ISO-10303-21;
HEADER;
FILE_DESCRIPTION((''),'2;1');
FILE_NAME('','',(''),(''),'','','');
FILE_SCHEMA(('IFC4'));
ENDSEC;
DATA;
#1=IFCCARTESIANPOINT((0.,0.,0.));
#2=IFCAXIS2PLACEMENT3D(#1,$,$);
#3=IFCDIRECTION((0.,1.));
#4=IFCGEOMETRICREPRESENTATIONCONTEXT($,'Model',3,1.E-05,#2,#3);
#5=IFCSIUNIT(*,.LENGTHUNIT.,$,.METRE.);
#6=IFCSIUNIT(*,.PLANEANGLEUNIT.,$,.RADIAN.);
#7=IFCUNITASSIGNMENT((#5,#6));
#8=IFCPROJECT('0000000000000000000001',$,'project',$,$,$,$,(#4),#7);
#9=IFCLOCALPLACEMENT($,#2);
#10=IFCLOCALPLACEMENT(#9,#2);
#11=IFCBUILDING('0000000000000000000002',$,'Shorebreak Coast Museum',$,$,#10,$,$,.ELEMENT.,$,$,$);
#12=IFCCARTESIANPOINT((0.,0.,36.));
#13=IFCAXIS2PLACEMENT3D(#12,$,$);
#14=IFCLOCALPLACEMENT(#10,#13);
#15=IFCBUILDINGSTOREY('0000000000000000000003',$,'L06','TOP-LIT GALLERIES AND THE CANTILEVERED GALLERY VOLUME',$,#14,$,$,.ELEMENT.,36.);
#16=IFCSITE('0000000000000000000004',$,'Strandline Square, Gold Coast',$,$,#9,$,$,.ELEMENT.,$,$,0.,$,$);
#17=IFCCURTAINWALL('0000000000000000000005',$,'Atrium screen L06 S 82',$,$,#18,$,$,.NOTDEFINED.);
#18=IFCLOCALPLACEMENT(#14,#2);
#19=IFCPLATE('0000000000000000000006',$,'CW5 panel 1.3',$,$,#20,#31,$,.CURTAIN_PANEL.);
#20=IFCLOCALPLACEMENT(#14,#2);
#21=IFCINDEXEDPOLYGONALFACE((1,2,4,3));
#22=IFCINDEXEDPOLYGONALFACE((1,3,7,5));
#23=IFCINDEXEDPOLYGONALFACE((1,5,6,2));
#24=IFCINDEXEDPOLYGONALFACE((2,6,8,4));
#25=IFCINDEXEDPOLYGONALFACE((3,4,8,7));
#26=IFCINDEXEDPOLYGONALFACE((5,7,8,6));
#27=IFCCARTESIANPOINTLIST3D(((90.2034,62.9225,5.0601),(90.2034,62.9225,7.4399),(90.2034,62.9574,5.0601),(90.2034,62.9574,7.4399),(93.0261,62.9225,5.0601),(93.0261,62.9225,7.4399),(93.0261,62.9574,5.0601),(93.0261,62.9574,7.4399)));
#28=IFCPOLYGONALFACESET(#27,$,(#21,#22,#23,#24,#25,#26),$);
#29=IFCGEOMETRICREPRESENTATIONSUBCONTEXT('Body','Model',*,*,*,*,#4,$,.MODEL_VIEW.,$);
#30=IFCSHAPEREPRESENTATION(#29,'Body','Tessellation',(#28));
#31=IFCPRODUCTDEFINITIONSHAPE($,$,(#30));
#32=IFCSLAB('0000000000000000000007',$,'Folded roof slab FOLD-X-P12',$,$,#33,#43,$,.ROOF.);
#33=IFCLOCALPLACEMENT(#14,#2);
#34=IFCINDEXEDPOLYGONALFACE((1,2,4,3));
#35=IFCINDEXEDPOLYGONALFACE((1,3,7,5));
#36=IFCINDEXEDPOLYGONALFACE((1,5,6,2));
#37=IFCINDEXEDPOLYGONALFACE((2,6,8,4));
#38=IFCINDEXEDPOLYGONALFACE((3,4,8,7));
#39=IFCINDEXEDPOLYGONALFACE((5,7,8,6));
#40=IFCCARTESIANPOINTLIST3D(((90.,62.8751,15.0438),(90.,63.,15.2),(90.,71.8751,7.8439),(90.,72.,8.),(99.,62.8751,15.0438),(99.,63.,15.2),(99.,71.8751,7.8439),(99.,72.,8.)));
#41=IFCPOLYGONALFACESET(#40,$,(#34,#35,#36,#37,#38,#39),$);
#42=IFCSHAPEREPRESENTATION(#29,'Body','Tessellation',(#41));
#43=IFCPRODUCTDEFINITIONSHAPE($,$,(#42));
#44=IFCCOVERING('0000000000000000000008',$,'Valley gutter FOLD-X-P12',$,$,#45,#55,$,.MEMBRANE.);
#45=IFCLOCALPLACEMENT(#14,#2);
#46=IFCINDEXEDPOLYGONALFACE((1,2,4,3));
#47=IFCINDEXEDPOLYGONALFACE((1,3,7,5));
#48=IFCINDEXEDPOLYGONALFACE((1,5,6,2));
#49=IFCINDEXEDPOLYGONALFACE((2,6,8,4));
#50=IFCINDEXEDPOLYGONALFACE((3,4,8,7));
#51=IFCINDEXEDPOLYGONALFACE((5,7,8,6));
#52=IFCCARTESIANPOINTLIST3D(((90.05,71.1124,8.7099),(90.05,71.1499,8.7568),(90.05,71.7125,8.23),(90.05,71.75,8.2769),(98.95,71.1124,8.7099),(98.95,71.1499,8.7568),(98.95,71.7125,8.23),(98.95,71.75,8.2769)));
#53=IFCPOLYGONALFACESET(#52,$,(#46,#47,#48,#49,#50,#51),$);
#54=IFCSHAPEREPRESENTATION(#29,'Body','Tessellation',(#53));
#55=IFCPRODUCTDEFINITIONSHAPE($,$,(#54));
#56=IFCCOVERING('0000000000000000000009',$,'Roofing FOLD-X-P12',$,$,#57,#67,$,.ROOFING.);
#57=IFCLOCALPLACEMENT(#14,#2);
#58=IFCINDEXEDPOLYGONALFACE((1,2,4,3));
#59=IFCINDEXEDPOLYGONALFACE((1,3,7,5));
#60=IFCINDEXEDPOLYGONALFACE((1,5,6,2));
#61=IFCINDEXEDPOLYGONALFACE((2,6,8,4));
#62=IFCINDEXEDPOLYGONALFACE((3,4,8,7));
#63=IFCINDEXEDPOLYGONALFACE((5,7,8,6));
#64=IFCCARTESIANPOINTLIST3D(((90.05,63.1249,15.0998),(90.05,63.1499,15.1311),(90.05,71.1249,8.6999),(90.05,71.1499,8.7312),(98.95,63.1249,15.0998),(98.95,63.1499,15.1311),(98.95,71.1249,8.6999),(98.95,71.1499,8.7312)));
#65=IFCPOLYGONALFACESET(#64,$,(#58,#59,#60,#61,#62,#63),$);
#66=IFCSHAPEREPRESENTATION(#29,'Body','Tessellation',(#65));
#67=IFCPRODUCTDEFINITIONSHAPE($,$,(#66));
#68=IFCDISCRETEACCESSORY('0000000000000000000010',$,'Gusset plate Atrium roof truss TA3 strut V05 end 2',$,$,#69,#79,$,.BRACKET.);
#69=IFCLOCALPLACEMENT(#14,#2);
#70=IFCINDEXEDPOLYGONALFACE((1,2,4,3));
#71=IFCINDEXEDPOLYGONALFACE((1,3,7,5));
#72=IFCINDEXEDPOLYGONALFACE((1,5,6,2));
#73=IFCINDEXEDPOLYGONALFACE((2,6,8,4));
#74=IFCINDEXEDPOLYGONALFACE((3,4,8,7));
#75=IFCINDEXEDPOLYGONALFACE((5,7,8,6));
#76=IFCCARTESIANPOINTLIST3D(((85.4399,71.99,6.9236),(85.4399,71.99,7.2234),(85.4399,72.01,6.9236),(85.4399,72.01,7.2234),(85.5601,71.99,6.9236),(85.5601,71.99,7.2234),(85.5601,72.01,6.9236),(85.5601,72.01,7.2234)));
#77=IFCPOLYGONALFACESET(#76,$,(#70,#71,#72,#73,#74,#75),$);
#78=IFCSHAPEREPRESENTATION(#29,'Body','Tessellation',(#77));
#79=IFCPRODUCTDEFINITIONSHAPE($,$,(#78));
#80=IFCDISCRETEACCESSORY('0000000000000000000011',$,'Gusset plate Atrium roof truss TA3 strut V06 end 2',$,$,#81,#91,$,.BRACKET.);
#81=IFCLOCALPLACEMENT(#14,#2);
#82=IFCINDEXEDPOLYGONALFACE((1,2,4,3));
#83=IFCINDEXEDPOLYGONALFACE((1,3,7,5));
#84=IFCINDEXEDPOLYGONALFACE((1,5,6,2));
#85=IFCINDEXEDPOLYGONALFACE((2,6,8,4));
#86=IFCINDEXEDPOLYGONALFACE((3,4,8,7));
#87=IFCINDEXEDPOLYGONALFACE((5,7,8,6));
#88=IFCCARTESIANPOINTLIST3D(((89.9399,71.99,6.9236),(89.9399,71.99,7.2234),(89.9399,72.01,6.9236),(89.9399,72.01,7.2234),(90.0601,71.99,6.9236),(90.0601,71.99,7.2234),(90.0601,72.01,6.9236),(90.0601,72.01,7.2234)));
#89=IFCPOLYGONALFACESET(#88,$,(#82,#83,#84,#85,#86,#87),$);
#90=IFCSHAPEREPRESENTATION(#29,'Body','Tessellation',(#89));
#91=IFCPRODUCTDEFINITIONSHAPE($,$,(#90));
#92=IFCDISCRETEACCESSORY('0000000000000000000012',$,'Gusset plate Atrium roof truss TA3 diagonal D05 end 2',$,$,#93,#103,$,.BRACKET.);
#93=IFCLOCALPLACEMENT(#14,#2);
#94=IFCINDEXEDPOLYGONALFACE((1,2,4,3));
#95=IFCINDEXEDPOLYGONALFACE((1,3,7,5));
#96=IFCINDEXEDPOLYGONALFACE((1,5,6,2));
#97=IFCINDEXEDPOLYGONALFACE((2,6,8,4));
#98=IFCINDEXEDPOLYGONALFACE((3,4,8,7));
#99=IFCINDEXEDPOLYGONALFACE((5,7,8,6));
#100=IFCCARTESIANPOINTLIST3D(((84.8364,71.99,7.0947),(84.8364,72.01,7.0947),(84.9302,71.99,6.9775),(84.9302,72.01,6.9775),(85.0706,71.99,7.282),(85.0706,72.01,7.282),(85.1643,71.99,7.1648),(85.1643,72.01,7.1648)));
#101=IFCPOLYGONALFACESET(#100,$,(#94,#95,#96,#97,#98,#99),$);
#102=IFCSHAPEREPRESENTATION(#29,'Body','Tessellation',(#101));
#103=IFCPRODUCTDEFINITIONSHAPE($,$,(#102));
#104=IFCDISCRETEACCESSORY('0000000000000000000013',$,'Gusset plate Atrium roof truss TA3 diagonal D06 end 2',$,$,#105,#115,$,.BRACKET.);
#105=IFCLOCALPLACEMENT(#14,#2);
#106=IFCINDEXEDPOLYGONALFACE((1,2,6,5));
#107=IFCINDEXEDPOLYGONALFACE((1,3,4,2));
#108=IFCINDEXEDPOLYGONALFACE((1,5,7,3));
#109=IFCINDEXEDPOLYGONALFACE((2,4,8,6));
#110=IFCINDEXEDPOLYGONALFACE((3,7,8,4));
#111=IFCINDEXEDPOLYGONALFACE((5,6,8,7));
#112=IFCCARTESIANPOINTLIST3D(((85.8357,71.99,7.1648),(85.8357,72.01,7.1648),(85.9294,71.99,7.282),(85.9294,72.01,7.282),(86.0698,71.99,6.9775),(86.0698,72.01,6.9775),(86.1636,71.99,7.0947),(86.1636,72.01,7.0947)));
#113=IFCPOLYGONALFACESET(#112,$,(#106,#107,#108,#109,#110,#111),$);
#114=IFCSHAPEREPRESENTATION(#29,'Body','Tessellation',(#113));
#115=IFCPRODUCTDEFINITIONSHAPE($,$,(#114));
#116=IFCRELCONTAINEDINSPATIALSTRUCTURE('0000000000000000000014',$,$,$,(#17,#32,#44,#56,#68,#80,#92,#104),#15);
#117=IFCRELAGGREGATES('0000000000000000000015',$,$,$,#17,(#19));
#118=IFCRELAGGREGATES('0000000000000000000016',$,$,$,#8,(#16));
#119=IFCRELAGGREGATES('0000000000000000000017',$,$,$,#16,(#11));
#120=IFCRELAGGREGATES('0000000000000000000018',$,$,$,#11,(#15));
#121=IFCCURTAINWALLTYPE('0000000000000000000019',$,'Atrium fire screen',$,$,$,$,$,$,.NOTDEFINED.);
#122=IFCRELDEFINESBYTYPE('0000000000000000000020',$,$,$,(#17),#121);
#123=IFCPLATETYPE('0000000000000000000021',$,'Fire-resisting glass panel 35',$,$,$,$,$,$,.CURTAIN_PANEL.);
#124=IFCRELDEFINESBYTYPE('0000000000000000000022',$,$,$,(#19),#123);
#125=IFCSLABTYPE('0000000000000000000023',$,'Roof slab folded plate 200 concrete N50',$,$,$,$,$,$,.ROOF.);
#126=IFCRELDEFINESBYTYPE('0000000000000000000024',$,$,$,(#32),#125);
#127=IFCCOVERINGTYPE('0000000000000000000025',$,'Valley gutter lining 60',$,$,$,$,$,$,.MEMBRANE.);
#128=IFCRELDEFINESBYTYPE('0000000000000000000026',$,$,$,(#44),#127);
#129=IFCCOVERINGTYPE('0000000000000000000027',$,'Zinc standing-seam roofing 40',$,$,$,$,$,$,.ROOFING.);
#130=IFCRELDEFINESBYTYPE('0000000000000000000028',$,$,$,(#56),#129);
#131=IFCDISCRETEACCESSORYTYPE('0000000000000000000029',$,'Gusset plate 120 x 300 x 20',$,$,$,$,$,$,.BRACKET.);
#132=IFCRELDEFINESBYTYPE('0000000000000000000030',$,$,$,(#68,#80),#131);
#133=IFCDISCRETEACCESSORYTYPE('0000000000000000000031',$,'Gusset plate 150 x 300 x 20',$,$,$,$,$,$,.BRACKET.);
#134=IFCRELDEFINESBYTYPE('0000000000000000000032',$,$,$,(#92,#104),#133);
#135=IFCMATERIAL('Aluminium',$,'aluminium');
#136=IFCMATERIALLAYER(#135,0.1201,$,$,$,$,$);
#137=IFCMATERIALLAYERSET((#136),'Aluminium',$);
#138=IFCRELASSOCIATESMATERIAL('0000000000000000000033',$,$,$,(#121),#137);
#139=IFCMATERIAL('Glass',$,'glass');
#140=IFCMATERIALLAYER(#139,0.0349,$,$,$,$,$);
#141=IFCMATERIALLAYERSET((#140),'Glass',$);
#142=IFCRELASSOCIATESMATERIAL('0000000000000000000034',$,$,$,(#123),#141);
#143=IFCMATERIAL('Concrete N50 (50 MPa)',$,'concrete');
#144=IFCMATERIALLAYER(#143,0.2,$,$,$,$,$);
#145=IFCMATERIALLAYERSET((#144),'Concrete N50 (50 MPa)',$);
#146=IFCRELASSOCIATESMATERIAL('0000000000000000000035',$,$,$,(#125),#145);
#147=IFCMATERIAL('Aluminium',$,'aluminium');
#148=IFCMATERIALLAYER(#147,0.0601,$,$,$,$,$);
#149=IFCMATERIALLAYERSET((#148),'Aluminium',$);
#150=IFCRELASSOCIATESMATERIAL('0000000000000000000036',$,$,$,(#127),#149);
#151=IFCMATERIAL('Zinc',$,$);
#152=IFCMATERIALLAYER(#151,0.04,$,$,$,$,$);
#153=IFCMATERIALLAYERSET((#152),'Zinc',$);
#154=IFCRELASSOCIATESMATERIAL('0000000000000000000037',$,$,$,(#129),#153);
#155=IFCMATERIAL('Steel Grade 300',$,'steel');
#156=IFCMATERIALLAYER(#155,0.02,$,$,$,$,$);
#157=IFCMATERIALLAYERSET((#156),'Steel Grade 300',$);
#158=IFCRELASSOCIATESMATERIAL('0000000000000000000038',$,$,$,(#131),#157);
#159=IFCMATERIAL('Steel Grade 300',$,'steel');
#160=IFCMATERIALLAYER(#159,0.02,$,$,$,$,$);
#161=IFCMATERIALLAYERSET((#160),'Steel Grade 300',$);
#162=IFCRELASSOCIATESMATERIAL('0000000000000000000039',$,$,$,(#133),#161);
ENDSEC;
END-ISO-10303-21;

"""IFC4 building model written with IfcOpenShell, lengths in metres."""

from ifc_helpers import new_model, si_unit, direction, frame, origin, origin_2d, place, context, subcontext, project, spatial, polyline, rectangle, outline, extrude, material, layer, layer_set, type_object, element, aggregate, save


model = new_model("IFC4")

# Units and contexts
model_context = context("Model", 3, precision=1e-05, world=origin(), true_north=direction((0.0, 1.0)))
body_context = subcontext(model_context, "Body", "Model", "MODEL_VIEW")
ifc_project = project(units=[si_unit("LENGTHUNIT", "METRE"), si_unit("PLANEANGLEUNIT", "RADIAN")], contexts=[model_context])

# Site, building, storey
site_placement = place(None, origin())
site = spatial("IfcSite", under=ifc_project, at=site_placement, Name="Strandline Square, Gold Coast", CompositionType="ELEMENT", RefElevation=0.0)
building_placement = place(site_placement, origin())
building = spatial("IfcBuilding", under=site, at=building_placement, Name="Shorebreak Coast Museum", CompositionType="ELEMENT")
storey_placement = place(building_placement, frame((0.0, 0.0, 36.0)))
storey = spatial("IfcBuildingStorey", under=building, at=storey_placement, Name="L06", Description="TOP-LIT GALLERIES AND THE CANTILEVERED GALLERY VOLUME", CompositionType="ELEMENT", Elevation=36.0)

# Curtain wall
ifc_material_1 = material(Name="Aluminium", Category="aluminium")
ifc_layer_1 = layer(ifc_material_1, 0.1201)
ifc_layer_set_1 = layer_set([ifc_layer_1], Name="Aluminium")
curtain_wall_type = type_object("IfcCurtainWallType", Name="Atrium fire screen", PredefinedType="NOTDEFINED", material=ifc_layer_set_1)
curtain_wall_1_placement = place(storey_placement, origin())
curtain_wall_1 = element("IfcCurtainWall", 1, at=curtain_wall_1_placement, inside=storey, type_object=curtain_wall_type, Name="Atrium screen L06 S 82", PredefinedType="NOTDEFINED")

# Plate
ifc_material_2 = material(Name="Glass", Category="glass")
ifc_layer_2 = layer(ifc_material_2, 0.0349)
ifc_layer_set_2 = layer_set([ifc_layer_2], Name="Glass")
plate_type = type_object("IfcPlateType", Name="Fire-resisting glass panel 35", PredefinedType="CURTAIN_PANEL", material=ifc_layer_set_2)
plate_1_placement = place(storey_placement, frame((91.6147, 62.9399, 5.0601), z_axis=(0.0, 0.0, 1.0), x_axis=(1.0, 0.0, 0.0)))
plate_1 = element("IfcPlate", 2, at=plate_1_placement, type_object=plate_type, Name="CW5 panel 1.3", PredefinedType="CURTAIN_PANEL", context=body_context, shape_type="SweptSolid", body=[
    extrude(rectangle(XDim=2.8228, YDim=0.0349, at=origin_2d()), origin(), (0.0, 0.0, 1.0), 2.3799),
])
aggregate(curtain_wall_1, [plate_1])

# Slab
ifc_material_3 = material(Name="Concrete N50 (50 MPa)", Category="concrete")
ifc_layer_3 = layer(ifc_material_3, 0.2)
ifc_layer_set_3 = layer_set([ifc_layer_3], Name="Concrete N50 (50 MPa)")
slab_type = type_object("IfcSlabType", Name="Roof slab folded plate 200 concrete N50", PredefinedType="ROOF", material=ifc_layer_set_3)
slab_placement = place(storey_placement, frame((90.0, 63.0, 15.2), z_axis=(0.0, 0.624692, 0.780871), x_axis=(1.0, 0.0, 0.0)))
element("IfcSlab", 3, at=slab_placement, inside=storey, type_object=slab_type, Name="Folded roof slab FOLD-X-P12", PredefinedType="ROOF", context=body_context, shape_type="SweptSolid", body=[
    extrude(outline(polyline([(0.0, 0.0), (9.0, 0.0), (9.0, 11.5256), (0.0, 11.5256), (0.0, 0.0)])), origin(), (0.0, 0.0, -1.0), 0.2),
])

# Coverings
ifc_material_4 = material(Name="Aluminium", Category="aluminium")
ifc_layer_4 = layer(ifc_material_4, 0.0601)
ifc_layer_set_4 = layer_set([ifc_layer_4], Name="Aluminium")
covering_type_1 = type_object("IfcCoveringType", Name="Valley gutter lining 60", PredefinedType="MEMBRANE", material=ifc_layer_set_4)
covering_1_placement = place(storey_placement, frame((90.05, 71.1499, 8.7568), z_axis=(0.0, 0.624618, 0.780931), x_axis=(1.0, 0.0, 0.0)))
element("IfcCovering", 4, at=covering_1_placement, inside=storey, type_object=covering_type_1, Name="Valley gutter FOLD-X-P12", PredefinedType="MEMBRANE", context=body_context, shape_type="SweptSolid", body=[
    extrude(outline(polyline([(0.0, 0.0), (8.8999, 0.0), (8.8999, 0.7684), (0.0, 0.7684), (0.0, 0.0)])), origin(), (0.0, 0.0, -1.0), 0.0601),
])
ifc_material_5 = material(Name="Zinc")
ifc_layer_5 = layer(ifc_material_5, 0.04)
ifc_layer_set_5 = layer_set([ifc_layer_5], Name="Zinc")
covering_type_2 = type_object("IfcCoveringType", Name="Zinc standing-seam roofing 40", PredefinedType="ROOFING", material=ifc_layer_set_5)
covering_2_placement = place(storey_placement, frame((90.05, 63.1499, 15.1311), z_axis=(0.0, 0.624689, 0.780873), x_axis=(1.0, 0.0, 0.0)))
element("IfcCovering", 5, at=covering_2_placement, inside=storey, type_object=covering_type_2, Name="Roofing FOLD-X-P12", PredefinedType="ROOFING", context=body_context, shape_type="SweptSolid", body=[
    extrude(outline(polyline([(0.0, 0.0), (8.8999, 0.0), (8.8999, 10.2449), (0.0, 10.2449), (0.0, 0.0)])), origin(), (0.0, 0.0, -1.0), 0.04),
])

# Discrete accessories
ifc_material_6 = material(Name="Steel Grade 300", Category="steel")
ifc_layer_6 = layer(ifc_material_6, 0.02)
ifc_layer_set_6 = layer_set([ifc_layer_6], Name="Steel Grade 300")
discrete_accessory_type_1 = type_object("IfcDiscreteAccessoryType", Name="Gusset plate 120 x 300 x 20", PredefinedType="BRACKET", material=ifc_layer_set_6)
for number, where, z_axis, x_axis, name in (
    (6, (85.4399, 71.99, 6.9236), (0.0, -1.0, 0.0), (1.0, 0.0, 0.0), "Gusset plate Atrium roof truss TA3 strut V05 end 2"),
    (7, (89.9399, 71.99, 6.9236), (0.0, -1.0, 0.0), (1.0, 0.0, 0.0), "Gusset plate Atrium roof truss TA3 strut V06 end 2"),
):
    element("IfcDiscreteAccessory", number, at=place(storey_placement, frame(where, z_axis=z_axis, x_axis=x_axis)), inside=storey, type_object=discrete_accessory_type_1, Name=name, PredefinedType="BRACKET", context=body_context, shape_type="SweptSolid", body=[
        extrude(outline(polyline([(0.0, 0.0), (0.1201, 0.0), (0.1201, 0.2998), (0.0, 0.2998), (0.0, 0.0)])), origin(), (0.0, 0.0, -1.0), 0.02),
    ])
ifc_material_7 = material(Name="Steel Grade 300", Category="steel")
ifc_layer_7 = layer(ifc_material_7, 0.02)
ifc_layer_set_7 = layer_set([ifc_layer_7], Name="Steel Grade 300")
discrete_accessory_type_2 = type_object("IfcDiscreteAccessoryType", Name="Gusset plate 150 x 300 x 20", PredefinedType="BRACKET", material=ifc_layer_set_7)
discrete_accessory_1_placement = place(storey_placement, frame((84.8364, 71.99, 7.0947), z_axis=(0.0, -1.0, 0.0), x_axis=(0.624695, 0.0, -0.780869)))
element("IfcDiscreteAccessory", 8, at=discrete_accessory_1_placement, inside=storey, type_object=discrete_accessory_type_2, Name="Gusset plate Atrium roof truss TA3 diagonal D05 end 2", PredefinedType="BRACKET", context=body_context, shape_type="SweptSolid", body=[
    extrude(outline(polyline([(0.0, 0.0), (0.1501, 0.0), (0.1501, 0.2998), (0.0, 0.2998), (0.0, 0.0)])), origin(), (0.0, 0.0, -1.0), 0.02),
])
discrete_accessory_2_placement = place(storey_placement, frame((86.0698, 71.99, 6.9775), z_axis=(0.0, -1.0, 0.0), x_axis=(0.624695, 0.0, 0.780869)))
element("IfcDiscreteAccessory", 9, at=discrete_accessory_2_placement, inside=storey, type_object=discrete_accessory_type_2, Name="Gusset plate Atrium roof truss TA3 diagonal D06 end 2", PredefinedType="BRACKET", context=body_context, shape_type="SweptSolid", body=[
    extrude(outline(polyline([(0.0, 0.0), (0.1501, 0.0), (0.15, 0.2998), (0.0, 0.2998), (0.0, 0.0)])), origin(), (0.0, 0.0, -1.0), 0.02),
])

save(model, "model.ifc")
